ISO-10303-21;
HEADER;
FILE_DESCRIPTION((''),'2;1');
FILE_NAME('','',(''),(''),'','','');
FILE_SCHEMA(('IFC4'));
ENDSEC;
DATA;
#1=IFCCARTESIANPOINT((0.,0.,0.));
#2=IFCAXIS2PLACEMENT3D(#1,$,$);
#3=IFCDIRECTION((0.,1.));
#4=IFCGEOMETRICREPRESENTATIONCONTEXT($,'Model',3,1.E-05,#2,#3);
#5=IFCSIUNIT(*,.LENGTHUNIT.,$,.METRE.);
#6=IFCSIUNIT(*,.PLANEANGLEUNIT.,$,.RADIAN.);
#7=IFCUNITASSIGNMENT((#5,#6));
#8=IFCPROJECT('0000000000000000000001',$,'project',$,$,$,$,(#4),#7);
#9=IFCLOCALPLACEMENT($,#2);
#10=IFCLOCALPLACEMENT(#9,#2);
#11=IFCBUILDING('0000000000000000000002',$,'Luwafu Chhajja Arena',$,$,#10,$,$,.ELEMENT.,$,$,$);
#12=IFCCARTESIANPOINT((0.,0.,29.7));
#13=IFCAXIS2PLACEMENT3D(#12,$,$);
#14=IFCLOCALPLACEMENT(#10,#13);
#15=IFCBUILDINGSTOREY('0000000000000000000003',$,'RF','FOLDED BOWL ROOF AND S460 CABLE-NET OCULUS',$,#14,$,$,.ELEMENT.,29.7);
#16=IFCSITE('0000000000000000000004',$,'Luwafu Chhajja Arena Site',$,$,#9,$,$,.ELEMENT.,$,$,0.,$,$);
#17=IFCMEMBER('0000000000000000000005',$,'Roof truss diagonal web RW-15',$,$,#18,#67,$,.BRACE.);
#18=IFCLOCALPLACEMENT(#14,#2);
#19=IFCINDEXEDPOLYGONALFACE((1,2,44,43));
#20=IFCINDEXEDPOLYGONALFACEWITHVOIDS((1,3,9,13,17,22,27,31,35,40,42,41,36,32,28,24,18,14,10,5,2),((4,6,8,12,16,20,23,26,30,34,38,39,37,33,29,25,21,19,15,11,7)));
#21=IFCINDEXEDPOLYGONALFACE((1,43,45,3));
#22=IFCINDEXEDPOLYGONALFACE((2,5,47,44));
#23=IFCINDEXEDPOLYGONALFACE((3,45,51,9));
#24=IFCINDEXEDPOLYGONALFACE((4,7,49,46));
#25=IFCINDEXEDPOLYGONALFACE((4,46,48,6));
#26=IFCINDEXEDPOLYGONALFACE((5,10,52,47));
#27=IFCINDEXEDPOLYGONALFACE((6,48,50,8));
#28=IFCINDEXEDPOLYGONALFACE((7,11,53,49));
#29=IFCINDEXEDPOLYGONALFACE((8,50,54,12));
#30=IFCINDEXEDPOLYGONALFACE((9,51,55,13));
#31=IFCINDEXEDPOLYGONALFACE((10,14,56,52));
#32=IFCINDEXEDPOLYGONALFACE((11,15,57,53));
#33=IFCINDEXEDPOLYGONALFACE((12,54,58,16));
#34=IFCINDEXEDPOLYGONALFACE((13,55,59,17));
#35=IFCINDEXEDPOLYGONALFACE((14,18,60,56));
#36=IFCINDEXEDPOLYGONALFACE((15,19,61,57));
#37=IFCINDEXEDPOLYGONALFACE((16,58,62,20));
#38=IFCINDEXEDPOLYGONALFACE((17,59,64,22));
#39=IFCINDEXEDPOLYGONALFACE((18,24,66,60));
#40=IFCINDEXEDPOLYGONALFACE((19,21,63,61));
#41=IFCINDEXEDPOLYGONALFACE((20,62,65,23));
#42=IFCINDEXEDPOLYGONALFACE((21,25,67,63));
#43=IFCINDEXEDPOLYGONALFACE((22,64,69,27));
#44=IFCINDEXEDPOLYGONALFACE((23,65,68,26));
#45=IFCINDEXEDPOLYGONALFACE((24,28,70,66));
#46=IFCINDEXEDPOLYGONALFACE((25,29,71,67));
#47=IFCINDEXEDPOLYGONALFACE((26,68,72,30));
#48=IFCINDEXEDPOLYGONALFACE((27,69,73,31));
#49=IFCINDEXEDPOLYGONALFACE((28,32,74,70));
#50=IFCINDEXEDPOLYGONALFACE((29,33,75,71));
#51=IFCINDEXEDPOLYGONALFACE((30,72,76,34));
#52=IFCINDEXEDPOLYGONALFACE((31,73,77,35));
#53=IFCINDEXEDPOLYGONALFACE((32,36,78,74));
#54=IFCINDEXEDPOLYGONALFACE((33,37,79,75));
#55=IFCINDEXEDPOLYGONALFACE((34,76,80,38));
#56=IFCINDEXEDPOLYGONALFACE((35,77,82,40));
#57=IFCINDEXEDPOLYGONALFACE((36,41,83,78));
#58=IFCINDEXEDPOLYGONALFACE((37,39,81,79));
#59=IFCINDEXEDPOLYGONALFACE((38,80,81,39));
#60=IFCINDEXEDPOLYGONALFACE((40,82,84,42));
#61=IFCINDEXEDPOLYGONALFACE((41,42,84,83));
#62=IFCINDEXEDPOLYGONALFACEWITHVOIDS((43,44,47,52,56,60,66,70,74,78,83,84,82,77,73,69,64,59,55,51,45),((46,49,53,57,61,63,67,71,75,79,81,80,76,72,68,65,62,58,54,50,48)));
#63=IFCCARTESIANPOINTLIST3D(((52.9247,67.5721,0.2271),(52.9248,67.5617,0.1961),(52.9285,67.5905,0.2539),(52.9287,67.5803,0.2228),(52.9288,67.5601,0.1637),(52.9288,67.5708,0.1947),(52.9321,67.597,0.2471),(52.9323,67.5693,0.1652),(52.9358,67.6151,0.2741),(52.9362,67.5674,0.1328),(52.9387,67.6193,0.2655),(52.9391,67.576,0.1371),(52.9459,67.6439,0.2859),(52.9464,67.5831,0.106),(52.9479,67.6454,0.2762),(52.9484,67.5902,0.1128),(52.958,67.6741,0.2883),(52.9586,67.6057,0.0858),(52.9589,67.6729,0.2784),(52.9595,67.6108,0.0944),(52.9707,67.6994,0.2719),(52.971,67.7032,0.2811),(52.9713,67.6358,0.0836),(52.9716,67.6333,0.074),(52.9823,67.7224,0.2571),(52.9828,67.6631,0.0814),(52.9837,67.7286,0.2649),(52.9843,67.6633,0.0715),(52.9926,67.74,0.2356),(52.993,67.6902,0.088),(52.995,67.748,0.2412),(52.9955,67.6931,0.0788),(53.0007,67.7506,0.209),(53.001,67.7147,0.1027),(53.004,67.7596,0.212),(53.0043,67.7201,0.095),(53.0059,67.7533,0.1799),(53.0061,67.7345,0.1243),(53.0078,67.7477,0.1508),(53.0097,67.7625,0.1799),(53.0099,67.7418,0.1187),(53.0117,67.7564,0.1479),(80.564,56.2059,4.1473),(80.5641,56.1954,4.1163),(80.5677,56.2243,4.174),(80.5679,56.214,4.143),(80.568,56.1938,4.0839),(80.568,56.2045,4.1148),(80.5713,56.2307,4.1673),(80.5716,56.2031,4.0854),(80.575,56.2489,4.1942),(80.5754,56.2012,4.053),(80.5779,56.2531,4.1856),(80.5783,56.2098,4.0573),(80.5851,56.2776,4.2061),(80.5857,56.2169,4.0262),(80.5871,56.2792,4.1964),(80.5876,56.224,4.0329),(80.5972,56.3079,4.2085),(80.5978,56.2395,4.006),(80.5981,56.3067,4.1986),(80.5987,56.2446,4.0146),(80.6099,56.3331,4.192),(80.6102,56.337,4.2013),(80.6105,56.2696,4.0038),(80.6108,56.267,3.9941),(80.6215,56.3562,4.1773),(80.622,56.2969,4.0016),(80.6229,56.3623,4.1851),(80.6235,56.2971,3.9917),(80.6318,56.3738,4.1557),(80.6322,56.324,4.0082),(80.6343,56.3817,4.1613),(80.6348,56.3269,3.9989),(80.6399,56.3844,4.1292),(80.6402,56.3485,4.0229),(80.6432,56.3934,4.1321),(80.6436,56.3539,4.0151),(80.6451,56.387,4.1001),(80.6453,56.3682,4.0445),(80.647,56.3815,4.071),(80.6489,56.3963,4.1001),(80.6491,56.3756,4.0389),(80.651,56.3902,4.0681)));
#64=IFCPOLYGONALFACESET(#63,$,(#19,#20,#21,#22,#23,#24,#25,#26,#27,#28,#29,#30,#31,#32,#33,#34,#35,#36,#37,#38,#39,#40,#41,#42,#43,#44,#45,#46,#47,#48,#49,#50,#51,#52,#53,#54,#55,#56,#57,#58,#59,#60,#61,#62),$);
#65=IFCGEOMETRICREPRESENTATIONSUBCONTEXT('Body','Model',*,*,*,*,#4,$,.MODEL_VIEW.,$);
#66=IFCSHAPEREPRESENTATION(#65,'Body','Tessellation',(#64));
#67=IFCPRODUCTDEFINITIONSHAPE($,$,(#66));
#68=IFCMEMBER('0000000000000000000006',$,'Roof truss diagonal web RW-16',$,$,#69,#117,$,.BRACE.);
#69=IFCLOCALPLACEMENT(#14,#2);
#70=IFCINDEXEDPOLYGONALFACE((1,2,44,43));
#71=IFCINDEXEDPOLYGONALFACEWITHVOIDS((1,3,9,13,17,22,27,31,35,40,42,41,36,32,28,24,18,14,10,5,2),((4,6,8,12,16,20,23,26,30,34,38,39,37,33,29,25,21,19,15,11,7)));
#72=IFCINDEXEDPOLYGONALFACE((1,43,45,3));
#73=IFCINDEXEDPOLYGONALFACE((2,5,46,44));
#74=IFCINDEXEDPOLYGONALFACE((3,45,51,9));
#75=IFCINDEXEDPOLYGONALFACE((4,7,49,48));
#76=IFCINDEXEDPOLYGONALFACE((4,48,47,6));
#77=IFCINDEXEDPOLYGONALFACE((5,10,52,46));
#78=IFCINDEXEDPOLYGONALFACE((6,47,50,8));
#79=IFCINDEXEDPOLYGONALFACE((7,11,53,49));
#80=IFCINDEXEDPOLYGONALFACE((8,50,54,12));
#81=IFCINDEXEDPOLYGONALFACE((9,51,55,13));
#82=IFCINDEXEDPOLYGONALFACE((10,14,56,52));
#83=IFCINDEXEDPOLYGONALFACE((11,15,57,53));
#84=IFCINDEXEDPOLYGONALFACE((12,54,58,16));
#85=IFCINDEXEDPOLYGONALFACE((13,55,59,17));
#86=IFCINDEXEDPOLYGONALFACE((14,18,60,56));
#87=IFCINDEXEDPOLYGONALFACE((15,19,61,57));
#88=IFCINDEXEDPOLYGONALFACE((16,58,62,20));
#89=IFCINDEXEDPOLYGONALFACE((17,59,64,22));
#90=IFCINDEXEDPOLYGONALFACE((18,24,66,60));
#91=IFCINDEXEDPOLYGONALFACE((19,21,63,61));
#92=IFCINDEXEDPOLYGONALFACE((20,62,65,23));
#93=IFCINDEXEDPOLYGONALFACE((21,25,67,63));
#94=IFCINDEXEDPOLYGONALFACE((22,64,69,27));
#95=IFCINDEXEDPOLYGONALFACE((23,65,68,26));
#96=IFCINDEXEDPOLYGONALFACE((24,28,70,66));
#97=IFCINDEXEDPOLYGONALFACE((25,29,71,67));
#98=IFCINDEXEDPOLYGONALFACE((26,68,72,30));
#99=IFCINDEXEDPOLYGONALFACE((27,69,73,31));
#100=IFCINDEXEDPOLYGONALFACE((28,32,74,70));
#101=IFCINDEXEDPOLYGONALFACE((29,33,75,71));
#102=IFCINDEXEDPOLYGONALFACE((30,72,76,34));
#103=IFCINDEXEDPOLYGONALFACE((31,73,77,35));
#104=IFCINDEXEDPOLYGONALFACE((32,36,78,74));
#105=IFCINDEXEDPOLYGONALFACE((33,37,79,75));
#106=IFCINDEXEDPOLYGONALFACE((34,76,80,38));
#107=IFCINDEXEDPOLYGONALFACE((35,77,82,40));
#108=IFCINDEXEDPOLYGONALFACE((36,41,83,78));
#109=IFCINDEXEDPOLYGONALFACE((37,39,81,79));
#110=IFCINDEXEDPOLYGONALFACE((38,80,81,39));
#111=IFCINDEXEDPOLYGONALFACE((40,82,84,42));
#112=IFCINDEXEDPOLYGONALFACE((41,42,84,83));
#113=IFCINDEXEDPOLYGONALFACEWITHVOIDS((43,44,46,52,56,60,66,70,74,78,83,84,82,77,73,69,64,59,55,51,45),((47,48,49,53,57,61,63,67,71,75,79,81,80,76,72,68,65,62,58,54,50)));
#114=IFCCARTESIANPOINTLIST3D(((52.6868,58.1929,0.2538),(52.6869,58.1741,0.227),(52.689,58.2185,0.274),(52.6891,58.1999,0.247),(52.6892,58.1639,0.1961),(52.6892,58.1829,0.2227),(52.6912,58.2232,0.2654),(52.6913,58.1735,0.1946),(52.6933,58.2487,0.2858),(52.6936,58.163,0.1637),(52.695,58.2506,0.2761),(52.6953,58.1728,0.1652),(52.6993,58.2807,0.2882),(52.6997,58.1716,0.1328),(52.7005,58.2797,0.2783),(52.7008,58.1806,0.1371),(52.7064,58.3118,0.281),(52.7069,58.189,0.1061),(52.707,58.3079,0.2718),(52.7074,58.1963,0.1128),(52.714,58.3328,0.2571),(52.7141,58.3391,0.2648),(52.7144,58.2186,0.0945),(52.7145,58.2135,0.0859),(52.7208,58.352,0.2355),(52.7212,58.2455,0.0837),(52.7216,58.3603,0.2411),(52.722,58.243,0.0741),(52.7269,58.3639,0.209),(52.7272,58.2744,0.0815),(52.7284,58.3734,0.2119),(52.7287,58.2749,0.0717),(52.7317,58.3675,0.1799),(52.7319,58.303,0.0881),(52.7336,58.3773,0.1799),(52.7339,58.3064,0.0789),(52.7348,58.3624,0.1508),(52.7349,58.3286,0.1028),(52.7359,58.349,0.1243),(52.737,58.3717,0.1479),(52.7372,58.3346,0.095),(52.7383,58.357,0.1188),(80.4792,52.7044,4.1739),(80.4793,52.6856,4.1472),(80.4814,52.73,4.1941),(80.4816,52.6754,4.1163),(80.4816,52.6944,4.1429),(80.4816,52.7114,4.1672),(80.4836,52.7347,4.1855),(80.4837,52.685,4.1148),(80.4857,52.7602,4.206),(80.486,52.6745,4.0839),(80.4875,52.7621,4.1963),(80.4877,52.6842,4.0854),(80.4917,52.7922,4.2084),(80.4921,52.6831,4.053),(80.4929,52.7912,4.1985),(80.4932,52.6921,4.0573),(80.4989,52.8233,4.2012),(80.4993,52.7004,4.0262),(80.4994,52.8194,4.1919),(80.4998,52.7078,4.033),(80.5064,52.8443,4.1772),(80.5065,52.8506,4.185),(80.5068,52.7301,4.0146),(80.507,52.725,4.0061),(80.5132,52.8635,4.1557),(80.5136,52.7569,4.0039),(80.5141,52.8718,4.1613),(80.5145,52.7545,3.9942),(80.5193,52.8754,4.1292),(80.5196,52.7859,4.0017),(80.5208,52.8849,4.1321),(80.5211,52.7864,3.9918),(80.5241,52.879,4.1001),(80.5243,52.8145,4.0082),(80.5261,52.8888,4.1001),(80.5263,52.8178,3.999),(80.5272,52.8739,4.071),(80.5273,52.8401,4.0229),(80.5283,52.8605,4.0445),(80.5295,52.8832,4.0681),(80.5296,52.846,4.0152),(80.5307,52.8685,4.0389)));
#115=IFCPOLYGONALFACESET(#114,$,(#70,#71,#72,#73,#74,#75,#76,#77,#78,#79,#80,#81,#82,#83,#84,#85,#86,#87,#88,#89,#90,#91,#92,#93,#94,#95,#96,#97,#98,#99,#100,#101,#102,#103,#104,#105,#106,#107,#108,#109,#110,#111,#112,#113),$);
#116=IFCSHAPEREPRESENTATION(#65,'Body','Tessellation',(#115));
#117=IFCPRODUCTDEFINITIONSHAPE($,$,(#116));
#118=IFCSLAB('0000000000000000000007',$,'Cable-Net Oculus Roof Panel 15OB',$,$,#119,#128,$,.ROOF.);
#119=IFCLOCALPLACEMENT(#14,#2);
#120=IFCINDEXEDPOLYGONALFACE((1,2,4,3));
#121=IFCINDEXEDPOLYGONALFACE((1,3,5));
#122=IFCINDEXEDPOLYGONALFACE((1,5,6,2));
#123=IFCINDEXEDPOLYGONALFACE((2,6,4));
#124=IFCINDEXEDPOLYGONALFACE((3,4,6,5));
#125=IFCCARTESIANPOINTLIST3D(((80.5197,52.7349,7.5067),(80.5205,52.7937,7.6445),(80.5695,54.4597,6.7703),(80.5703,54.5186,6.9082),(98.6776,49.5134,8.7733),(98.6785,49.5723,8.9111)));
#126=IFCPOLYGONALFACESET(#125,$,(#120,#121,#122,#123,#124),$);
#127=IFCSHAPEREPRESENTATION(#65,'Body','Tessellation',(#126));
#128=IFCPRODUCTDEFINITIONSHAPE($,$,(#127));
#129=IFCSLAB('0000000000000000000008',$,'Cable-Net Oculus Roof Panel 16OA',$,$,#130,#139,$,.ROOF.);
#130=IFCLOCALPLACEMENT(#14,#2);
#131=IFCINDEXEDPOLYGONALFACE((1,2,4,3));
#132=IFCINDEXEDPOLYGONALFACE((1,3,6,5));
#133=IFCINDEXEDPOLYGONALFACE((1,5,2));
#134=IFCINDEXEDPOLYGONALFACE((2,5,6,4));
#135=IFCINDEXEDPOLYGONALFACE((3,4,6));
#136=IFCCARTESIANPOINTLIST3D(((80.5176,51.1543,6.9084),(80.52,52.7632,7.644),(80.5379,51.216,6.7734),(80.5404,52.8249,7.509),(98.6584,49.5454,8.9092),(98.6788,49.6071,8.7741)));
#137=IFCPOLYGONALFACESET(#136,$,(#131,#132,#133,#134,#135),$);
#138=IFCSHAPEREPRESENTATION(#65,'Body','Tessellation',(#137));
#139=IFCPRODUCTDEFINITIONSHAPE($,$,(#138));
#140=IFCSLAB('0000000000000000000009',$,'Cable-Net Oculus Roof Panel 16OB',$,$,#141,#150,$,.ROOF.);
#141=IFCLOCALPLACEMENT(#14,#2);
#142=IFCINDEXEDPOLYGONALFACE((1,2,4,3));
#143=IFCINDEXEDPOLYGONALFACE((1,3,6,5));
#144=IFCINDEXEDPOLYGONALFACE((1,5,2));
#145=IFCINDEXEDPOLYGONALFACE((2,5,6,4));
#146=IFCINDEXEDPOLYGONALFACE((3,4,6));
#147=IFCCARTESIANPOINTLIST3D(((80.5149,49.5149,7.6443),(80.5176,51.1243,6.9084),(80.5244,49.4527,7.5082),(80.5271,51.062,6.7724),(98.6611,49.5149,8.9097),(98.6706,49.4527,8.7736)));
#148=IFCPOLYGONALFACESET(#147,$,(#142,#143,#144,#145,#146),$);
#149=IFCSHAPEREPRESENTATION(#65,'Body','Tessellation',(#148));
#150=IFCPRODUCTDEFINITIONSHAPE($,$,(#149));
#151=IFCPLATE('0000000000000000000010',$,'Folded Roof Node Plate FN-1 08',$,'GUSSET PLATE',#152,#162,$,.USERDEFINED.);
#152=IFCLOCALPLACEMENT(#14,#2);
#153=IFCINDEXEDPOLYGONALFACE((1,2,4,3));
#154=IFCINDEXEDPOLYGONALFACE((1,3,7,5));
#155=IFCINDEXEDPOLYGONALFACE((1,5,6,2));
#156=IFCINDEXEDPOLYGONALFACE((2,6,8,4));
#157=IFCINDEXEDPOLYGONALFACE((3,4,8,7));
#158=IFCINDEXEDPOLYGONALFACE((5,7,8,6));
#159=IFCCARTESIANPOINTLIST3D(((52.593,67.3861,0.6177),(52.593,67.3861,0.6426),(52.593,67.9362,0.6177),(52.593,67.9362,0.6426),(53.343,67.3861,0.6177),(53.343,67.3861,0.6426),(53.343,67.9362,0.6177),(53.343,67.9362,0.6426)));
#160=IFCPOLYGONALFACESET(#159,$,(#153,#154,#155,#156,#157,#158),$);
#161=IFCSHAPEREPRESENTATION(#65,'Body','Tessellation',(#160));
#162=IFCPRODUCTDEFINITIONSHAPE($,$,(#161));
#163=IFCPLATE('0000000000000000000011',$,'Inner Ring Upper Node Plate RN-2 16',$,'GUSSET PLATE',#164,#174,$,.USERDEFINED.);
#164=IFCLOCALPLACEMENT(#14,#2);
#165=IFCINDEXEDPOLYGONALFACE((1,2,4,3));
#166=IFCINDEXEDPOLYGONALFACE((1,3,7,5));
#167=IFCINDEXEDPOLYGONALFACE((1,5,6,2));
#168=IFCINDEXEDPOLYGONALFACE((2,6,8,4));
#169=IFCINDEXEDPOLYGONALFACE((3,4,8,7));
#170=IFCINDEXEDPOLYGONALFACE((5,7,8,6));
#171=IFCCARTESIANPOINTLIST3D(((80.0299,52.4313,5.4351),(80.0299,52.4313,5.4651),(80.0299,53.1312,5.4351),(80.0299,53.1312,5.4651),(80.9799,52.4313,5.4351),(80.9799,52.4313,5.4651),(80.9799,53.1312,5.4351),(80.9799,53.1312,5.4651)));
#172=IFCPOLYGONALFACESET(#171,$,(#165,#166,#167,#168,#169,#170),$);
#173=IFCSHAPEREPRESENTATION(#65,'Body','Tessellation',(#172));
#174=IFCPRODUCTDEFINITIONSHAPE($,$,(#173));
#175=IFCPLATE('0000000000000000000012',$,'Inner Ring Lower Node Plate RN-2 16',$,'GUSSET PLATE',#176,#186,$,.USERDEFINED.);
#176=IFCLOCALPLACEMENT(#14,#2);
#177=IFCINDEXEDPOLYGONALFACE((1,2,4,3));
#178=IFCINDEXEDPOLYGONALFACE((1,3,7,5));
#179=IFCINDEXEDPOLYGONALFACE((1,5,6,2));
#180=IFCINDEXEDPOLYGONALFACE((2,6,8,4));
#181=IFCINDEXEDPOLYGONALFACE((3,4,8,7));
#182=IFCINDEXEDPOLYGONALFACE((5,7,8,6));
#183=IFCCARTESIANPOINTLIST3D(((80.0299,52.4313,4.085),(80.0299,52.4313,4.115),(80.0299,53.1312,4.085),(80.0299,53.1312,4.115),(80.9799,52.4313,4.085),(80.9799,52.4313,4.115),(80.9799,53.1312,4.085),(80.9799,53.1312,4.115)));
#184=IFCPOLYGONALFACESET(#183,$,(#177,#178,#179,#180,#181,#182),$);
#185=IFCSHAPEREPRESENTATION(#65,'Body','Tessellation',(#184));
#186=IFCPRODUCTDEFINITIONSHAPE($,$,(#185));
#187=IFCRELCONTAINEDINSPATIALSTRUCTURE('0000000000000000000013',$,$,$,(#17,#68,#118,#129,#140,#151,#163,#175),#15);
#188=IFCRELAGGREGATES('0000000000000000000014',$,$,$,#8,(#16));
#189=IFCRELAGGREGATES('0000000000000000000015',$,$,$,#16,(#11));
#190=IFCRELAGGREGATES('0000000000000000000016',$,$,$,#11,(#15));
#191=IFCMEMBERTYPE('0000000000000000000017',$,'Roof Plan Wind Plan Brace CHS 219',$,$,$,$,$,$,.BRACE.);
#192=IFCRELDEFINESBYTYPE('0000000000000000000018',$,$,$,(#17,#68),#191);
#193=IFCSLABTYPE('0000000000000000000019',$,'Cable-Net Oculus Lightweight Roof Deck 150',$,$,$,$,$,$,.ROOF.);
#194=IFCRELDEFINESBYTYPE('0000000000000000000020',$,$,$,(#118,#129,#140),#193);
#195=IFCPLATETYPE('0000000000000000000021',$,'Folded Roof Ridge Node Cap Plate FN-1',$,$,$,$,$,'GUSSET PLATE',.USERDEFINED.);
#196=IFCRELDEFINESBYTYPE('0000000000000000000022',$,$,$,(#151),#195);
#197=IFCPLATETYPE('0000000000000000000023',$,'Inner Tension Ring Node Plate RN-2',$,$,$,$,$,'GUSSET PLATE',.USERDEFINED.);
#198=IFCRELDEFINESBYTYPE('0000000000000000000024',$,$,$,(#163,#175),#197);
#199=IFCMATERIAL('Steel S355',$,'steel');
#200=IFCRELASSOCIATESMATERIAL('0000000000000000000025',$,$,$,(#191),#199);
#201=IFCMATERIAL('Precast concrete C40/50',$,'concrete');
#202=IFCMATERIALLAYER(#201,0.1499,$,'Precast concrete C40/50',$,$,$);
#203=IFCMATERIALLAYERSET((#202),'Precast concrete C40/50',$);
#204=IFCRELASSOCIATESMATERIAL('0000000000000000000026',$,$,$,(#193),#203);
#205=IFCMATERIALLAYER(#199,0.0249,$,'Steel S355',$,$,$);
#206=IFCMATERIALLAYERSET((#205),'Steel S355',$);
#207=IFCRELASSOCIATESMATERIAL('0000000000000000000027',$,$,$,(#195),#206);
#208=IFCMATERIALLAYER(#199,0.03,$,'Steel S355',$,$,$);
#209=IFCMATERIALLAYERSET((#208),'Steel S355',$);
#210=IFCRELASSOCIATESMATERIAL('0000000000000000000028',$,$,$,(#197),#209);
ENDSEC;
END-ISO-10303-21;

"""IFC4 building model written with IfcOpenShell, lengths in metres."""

from ifc_helpers import new_model, si_unit, direction, frame, origin, origin_2d, place, context, subcontext, project, spatial, polyline, rectangle, hollow_circle, outline, extrude, material, layer, layer_set, material_profile, profile_set, type_object, element, save


model = new_model("IFC4")

# Units and contexts
model_context = context("Model", 3, precision=1e-05, world=origin(), true_north=direction((0.0, 1.0)))
body_context = subcontext(model_context, "Body", "Model", "MODEL_VIEW")
ifc_project = project(units=[si_unit("LENGTHUNIT", "METRE"), si_unit("PLANEANGLEUNIT", "RADIAN")], contexts=[model_context])

# Site, building, storey
site_placement = place(None, origin())
site = spatial("IfcSite", under=ifc_project, at=site_placement, Name="Luwafu Chhajja Arena Site", CompositionType="ELEMENT", RefElevation=0.0)
building_placement = place(site_placement, origin())
building = spatial("IfcBuilding", under=site, at=building_placement, Name="Luwafu Chhajja Arena", CompositionType="ELEMENT")
storey_placement = place(building_placement, frame((0.0, 0.0, 29.7)))
storey = spatial("IfcBuildingStorey", under=building, at=storey_placement, Name="RF", Description="FOLDED BOWL ROOF AND S460 CABLE-NET OCULUS", CompositionType="ELEMENT", Elevation=29.7)

# Shared definitions
ifc_material_1 = material(Name="Steel S355", Category="steel")

# Members
ifc_material_profile_1 = material_profile(ifc_material_1, hollow_circle(Radius=0.1096, WallThickness=0.01, at=origin_2d()), Name="CHS 219.1x10")
ifc_profile_set_1 = profile_set([ifc_material_profile_1], Name="Steel S355")
member_type_1 = type_object("IfcMemberType", Name="Roof Plan Wind Plan Brace CHS 219", PredefinedType="BRACE", material=ifc_profile_set_1)
member_1_placement = place(storey_placement, frame((52.968, 67.6611, 0.1799), z_axis=(0.916995, -0.377101, 0.130061), x_axis=(0.380331, 0.92485, 0.0)))
element("IfcMember", 1, at=member_1_placement, inside=storey, type_object=member_type_1, Name="Roof truss diagonal web RW-15", PredefinedType="BRACE", context=body_context, shape_type="SweptSolid", body=[
    extrude(hollow_circle(Radius=0.1096, WallThickness=0.01, at=origin_2d()), origin(), (0.0, 0.0, 1.0), 30.1411),
])
member_2_placement = place(storey_placement, frame((52.7124, 58.2698, 0.1799), z_axis=(0.971793, -0.191912, 0.137073), x_axis=(0.193741, 0.981053, 0.0)))
element("IfcMember", 2, at=member_2_placement, inside=storey, type_object=member_type_1, Name="Roof truss diagonal web RW-16", PredefinedType="BRACE", context=body_context, shape_type="SweptSolid", body=[
    extrude(hollow_circle(Radius=0.1096, WallThickness=0.01, at=origin_2d()), origin(), (0.0, 0.0, 1.0), 28.5991),
])

# Slabs
ifc_material_2 = material(Name="Precast concrete C40/50", Category="concrete")
ifc_layer_1 = layer(ifc_material_2, 0.1499, Name="Precast concrete C40/50")
ifc_layer_set_1 = layer_set([ifc_layer_1], Name="Precast concrete C40/50")
slab_type_1 = type_object("IfcSlabType", Name="Cable-Net Oculus Lightweight Roof Deck 150", PredefinedType="ROOF", material=ifc_layer_set_1)
slab_1_placement = place(storey_placement, frame((80.5703, 54.5186, 6.9082), z_axis=(0.005473, 0.392475, 0.919746), x_axis=(0.959215, -0.262012, 0.106098)))
element("IfcSlab", 3, at=slab_1_placement, inside=storey, type_object=slab_type_1, Name="Cable-Net Oculus Roof Panel 15OB", PredefinedType="ROOF", context=body_context, shape_type="SweptSolid", body=[
    extrude(outline(polyline([(0.0, 0.0), (18.8781, 0.0), (0.4823, -1.8131), (0.0, 0.0)])), origin(), (0.0, 0.0, -1.0), 0.1499),
])
slab_2_placement = place(storey_placement, frame((80.52, 52.7632, 7.644), z_axis=(-0.135901, -0.41178, 0.901093), x_axis=(0.982313, -0.174263, 0.068515)))
element("IfcSlab", 4, at=slab_2_placement, inside=storey, type_object=slab_type_1, Name="Cable-Net Oculus Roof Panel 16OA", PredefinedType="ROOF", context=body_context, shape_type="SweptSolid", body=[
    extrude(outline(polyline([(0.0, 0.0), (18.465, 0.0), (0.2276, -1.7544), (0.0, 0.0)])), origin(), (0.0, 0.0, -1.0), 0.1499),
])
slab_3_placement = place(storey_placement, frame((80.5176, 51.1243, 6.9084), z_axis=(-0.063288, 0.415072, 0.907585), x_axis=(0.990131, -0.087827, 0.109211)))
element("IfcSlab", 5, at=slab_3_placement, inside=storey, type_object=slab_type_1, Name="Cable-Net Oculus Roof Panel 16OB", PredefinedType="ROOF", context=body_context, shape_type="SweptSolid", body=[
    extrude(outline(polyline([(0.0, 0.0), (18.3244, 0.0), (0.219, -1.756), (0.0, 0.0)])), origin(), (0.0, 0.0, -1.0), 0.1499),
])

# Plates
ifc_layer_2 = layer(ifc_material_1, 0.0249, Name="Steel S355")
ifc_layer_set_2 = layer_set([ifc_layer_2], Name="Steel S355")
plate_type_1 = type_object("IfcPlateType", Name="Folded Roof Ridge Node Cap Plate FN-1", ElementType="GUSSET PLATE", PredefinedType="USERDEFINED", material=ifc_layer_set_2)
plate_placement = place(storey_placement, frame((52.968, 67.6611, 0.6177), z_axis=(0.0, 0.0, 1.0), x_axis=(1.0, 0.0, 0.0)))
element("IfcPlate", 6, at=plate_placement, inside=storey, type_object=plate_type_1, Name="Folded Roof Node Plate FN-1 08", ObjectType="GUSSET PLATE", PredefinedType="USERDEFINED", context=body_context, shape_type="SweptSolid", body=[
    extrude(rectangle(XDim=0.75, YDim=0.55, at=origin_2d()), origin(), (0.0, 0.0, 1.0), 0.0249),
])
ifc_layer_3 = layer(ifc_material_1, 0.03, Name="Steel S355")
ifc_layer_set_3 = layer_set([ifc_layer_3], Name="Steel S355")
plate_type_2 = type_object("IfcPlateType", Name="Inner Tension Ring Node Plate RN-2", ElementType="GUSSET PLATE", PredefinedType="USERDEFINED", material=ifc_layer_set_3)
for number, where, z_axis, x_axis, name in (
    (7, (80.5049, 52.7812, 5.4351), (0.0, 0.0, 1.0), (1.0, 0.0, 0.0), "Inner Ring Upper Node Plate RN-2 16"),
    (8, (80.5049, 52.7812, 4.085), (0.0, 0.0, 1.0), (1.0, 0.0, 0.0), "Inner Ring Lower Node Plate RN-2 16"),
):
    element("IfcPlate", number, at=place(storey_placement, frame(where, z_axis=z_axis, x_axis=x_axis)), inside=storey, type_object=plate_type_2, Name=name, ObjectType="GUSSET PLATE", PredefinedType="USERDEFINED", context=body_context, shape_type="SweptSolid", body=[
        extrude(rectangle(XDim=0.95, YDim=0.7, at=origin_2d()), origin(), (0.0, 0.0, 1.0), 0.03),
    ])

save(model, "model.ifc")
